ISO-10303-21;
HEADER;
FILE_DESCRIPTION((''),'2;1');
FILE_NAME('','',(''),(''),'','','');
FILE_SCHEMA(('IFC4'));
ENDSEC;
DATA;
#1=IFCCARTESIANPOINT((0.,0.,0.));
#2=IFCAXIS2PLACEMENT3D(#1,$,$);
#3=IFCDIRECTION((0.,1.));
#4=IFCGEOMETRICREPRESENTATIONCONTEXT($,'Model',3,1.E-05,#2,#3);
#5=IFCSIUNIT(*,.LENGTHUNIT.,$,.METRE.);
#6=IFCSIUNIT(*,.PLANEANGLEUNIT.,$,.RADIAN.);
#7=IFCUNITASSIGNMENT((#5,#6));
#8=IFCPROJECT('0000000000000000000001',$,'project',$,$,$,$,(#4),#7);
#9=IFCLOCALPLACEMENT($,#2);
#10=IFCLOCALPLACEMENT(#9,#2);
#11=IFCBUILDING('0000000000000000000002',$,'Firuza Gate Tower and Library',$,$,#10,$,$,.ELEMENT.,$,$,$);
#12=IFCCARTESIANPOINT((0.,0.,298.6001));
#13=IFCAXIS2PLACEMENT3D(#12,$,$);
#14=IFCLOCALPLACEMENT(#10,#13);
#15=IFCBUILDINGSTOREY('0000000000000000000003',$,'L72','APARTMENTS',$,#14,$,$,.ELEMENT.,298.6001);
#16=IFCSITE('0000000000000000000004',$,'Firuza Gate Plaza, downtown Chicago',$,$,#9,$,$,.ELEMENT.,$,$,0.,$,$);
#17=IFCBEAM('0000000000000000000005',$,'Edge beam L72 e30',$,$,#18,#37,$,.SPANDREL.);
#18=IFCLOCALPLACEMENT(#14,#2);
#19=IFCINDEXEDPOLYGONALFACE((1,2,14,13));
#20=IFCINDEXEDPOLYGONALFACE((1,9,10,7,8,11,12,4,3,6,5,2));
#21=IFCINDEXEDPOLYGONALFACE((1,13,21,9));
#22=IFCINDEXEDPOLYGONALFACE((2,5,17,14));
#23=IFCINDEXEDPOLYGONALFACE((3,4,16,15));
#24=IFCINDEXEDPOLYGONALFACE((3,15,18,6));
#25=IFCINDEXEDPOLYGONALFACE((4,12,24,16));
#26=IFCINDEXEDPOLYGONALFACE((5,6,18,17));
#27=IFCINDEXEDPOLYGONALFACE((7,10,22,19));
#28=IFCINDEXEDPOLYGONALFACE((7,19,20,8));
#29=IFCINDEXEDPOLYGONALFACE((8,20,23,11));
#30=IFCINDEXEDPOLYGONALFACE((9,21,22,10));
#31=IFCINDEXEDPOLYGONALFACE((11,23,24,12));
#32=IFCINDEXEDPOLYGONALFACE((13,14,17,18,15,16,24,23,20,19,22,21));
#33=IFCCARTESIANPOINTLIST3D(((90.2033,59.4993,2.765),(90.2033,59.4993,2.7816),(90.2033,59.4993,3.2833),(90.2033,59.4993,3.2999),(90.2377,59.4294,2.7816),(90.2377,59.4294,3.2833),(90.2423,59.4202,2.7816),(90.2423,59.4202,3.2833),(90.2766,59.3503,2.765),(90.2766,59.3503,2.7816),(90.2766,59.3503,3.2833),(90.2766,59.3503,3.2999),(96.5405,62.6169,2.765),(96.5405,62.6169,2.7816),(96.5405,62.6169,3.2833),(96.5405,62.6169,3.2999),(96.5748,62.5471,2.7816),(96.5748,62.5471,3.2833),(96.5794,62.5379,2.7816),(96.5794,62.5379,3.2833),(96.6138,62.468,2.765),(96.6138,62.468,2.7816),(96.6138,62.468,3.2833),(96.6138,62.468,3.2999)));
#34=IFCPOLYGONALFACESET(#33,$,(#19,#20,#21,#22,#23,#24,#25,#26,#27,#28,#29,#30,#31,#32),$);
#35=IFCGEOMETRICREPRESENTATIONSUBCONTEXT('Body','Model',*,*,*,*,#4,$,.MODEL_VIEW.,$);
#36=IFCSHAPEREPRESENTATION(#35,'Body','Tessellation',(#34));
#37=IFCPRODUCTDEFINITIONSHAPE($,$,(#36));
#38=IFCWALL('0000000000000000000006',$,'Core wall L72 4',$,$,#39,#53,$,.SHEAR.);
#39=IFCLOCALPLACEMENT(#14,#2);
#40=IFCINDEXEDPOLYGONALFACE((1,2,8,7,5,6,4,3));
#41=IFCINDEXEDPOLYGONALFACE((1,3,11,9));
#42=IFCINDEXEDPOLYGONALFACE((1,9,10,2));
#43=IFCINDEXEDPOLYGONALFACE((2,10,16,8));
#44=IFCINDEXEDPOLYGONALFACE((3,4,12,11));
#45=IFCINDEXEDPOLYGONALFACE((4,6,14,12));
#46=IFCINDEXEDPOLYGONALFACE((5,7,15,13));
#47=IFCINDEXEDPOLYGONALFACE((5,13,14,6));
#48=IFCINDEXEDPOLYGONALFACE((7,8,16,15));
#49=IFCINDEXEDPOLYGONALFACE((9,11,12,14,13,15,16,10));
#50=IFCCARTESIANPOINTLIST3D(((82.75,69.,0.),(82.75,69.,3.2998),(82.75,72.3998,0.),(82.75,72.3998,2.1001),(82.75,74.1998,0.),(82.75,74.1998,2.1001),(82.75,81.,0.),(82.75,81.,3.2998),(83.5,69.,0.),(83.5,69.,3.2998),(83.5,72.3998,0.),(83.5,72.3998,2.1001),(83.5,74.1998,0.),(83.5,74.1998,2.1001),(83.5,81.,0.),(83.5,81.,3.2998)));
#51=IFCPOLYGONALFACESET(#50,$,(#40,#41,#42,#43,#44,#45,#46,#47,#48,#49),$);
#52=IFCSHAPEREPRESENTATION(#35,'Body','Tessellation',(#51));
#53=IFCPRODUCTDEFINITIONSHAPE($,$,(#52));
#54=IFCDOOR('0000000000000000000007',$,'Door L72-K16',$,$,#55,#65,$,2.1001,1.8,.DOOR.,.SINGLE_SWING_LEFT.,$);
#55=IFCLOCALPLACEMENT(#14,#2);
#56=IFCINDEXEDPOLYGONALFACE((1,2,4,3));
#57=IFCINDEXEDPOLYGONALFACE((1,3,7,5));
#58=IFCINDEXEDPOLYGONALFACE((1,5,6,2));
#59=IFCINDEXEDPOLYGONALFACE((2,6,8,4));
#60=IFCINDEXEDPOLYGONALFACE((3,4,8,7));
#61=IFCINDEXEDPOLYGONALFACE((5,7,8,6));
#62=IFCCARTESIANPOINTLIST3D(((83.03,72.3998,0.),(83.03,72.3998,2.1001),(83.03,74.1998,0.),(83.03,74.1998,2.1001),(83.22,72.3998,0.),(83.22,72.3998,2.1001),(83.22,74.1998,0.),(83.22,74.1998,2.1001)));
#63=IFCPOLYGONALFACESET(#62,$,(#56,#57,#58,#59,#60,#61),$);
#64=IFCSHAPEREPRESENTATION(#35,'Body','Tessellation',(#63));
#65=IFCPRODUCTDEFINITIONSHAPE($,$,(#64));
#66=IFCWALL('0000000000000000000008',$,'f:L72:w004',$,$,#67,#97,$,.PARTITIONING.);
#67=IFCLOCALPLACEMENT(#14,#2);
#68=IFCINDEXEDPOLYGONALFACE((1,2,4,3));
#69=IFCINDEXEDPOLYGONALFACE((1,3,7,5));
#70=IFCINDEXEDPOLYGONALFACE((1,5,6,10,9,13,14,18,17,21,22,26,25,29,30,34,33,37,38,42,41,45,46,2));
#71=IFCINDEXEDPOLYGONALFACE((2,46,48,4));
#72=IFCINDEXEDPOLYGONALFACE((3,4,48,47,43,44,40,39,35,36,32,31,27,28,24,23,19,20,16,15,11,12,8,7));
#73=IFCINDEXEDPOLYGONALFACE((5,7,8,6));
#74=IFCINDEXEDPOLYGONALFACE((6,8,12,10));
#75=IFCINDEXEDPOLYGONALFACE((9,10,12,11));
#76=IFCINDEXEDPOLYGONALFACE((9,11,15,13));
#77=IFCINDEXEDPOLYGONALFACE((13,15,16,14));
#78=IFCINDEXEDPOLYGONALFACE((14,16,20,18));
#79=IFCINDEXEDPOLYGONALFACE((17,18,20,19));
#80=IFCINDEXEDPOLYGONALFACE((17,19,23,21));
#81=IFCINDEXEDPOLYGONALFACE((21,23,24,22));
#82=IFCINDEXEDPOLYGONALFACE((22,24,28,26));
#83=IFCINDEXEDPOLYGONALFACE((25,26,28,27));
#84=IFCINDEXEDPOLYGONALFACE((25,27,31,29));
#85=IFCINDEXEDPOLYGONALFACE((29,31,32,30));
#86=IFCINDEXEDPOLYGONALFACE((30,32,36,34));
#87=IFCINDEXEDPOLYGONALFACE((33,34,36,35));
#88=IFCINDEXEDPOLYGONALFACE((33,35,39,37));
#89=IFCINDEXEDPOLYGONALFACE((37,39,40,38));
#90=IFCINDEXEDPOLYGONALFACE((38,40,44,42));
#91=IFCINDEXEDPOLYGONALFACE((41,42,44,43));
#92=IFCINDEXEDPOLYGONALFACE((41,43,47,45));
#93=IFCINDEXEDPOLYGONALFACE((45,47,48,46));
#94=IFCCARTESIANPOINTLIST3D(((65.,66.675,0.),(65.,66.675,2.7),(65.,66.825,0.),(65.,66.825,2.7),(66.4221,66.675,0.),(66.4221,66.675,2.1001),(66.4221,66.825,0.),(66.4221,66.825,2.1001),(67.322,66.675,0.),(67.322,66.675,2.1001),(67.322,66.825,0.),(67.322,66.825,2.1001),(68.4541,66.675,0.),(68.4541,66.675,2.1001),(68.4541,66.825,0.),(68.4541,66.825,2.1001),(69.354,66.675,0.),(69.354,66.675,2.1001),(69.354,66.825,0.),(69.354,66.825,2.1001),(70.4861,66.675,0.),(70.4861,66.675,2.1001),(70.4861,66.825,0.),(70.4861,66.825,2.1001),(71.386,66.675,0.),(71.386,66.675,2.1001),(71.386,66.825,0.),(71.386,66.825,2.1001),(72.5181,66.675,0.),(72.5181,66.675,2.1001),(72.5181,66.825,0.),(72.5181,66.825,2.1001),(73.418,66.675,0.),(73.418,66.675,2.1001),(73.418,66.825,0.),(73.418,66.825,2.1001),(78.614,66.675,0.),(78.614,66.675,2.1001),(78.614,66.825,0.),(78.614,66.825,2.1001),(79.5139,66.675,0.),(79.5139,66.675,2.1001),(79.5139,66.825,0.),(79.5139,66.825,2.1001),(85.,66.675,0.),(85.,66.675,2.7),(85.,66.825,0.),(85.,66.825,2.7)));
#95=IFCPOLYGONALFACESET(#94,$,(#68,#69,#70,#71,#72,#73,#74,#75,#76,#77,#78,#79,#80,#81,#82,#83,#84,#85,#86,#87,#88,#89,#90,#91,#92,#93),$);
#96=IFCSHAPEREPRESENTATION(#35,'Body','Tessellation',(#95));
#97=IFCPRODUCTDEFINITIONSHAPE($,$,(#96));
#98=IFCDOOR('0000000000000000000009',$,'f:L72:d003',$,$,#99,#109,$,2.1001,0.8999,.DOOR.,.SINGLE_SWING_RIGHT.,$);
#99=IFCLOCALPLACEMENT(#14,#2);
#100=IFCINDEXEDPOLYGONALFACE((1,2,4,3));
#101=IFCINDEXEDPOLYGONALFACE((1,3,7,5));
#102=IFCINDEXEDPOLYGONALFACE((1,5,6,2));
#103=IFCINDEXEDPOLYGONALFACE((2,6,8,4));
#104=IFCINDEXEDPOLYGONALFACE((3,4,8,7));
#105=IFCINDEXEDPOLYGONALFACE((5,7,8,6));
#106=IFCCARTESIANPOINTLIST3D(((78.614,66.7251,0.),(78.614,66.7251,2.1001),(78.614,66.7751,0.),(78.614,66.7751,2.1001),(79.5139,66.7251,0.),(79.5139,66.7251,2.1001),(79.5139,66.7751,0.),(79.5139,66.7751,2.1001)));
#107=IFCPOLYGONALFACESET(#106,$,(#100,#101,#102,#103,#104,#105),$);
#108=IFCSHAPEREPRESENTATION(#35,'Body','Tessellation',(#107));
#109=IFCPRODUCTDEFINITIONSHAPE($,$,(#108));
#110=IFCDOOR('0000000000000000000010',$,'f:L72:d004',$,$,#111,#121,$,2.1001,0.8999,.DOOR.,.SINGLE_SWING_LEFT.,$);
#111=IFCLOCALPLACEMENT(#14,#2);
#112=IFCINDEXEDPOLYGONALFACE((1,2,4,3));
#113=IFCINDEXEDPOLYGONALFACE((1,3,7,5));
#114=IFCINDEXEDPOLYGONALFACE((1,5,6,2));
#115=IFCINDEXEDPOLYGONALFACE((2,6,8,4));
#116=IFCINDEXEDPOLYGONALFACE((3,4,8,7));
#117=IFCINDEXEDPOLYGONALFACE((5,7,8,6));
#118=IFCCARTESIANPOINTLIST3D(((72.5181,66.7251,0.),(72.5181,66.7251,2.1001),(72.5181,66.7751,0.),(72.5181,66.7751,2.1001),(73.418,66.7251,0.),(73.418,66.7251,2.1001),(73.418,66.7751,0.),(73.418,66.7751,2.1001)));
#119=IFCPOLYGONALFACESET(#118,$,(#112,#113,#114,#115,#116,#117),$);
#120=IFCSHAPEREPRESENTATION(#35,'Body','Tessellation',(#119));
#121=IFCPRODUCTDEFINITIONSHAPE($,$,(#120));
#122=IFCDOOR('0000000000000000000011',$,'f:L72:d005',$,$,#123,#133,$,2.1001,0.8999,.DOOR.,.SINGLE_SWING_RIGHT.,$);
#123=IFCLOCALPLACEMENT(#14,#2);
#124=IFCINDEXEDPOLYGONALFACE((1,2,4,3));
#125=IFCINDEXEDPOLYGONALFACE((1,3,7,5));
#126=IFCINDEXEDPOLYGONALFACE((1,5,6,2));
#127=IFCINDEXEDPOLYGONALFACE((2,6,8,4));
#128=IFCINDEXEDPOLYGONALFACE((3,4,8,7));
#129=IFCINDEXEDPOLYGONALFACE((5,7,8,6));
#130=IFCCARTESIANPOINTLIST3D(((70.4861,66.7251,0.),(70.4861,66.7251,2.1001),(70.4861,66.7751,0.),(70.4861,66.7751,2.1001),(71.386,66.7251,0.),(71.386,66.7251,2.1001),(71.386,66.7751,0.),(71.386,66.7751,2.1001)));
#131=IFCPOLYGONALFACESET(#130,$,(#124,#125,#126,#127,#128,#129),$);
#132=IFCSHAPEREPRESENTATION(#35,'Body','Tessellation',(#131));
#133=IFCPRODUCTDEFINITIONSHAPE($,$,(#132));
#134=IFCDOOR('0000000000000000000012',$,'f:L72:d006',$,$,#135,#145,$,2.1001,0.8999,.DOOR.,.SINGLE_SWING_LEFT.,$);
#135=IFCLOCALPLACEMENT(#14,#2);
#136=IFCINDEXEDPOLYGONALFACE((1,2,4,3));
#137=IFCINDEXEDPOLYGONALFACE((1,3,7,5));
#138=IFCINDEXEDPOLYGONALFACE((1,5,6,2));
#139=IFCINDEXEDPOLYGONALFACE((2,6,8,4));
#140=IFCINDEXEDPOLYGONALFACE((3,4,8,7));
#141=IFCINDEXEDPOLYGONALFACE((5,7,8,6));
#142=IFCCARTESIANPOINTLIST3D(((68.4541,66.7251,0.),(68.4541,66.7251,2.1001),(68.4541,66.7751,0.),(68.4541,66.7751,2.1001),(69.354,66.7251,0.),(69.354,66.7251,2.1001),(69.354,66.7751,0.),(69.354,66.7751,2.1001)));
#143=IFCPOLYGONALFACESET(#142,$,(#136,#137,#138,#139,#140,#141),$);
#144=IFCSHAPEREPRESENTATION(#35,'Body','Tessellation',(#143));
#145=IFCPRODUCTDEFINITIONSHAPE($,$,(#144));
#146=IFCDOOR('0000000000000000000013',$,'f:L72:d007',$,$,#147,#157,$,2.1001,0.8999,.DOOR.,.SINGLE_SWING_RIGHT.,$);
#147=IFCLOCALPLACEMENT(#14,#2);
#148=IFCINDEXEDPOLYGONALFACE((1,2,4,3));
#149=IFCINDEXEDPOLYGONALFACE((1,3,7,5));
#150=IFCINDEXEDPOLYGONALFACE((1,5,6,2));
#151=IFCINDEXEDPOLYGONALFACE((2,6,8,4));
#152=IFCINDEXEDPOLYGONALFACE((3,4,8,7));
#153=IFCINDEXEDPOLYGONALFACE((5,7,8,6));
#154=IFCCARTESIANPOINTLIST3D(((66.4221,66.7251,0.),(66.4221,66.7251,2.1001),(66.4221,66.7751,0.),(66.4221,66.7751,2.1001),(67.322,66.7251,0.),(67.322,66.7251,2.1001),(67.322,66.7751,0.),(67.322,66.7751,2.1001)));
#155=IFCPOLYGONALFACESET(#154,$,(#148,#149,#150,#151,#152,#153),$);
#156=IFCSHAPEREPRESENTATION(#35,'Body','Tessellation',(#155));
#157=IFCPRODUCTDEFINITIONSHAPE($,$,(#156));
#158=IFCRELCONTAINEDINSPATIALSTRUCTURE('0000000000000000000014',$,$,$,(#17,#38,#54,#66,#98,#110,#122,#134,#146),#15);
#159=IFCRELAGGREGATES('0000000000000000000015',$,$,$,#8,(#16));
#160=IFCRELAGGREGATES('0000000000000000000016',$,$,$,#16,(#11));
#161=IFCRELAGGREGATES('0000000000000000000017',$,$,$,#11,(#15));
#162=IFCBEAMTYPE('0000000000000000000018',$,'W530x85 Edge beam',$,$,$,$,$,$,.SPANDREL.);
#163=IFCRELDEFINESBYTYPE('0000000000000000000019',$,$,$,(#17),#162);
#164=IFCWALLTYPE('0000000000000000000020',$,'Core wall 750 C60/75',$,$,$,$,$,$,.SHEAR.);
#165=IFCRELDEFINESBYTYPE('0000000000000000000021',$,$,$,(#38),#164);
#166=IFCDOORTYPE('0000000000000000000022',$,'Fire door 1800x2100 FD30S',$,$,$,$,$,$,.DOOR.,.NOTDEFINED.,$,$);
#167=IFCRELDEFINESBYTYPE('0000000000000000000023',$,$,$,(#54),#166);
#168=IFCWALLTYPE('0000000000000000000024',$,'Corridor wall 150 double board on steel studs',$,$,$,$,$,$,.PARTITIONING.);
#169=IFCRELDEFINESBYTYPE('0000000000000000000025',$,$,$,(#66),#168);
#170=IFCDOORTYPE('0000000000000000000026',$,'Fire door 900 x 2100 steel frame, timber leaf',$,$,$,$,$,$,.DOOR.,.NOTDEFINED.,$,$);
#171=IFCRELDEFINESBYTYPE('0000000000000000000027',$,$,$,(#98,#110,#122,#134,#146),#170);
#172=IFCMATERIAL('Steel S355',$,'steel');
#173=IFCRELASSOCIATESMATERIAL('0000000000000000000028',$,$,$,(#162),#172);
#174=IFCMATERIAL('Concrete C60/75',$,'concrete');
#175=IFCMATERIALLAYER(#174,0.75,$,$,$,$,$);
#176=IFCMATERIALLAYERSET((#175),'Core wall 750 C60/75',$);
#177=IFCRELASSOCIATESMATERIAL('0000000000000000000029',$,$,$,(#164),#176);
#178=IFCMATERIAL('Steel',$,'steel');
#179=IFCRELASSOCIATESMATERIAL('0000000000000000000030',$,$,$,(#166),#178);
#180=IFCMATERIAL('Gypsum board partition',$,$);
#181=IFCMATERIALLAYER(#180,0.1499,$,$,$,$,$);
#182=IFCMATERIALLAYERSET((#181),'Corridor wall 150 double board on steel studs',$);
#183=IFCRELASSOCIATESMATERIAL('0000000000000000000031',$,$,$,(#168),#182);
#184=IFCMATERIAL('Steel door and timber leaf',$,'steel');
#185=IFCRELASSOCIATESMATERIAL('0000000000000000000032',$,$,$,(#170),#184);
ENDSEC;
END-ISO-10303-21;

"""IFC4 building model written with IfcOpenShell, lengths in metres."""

from ifc_helpers import new_model, si_unit, direction, frame, frame_2d, origin, origin_2d, place, context, subcontext, project, spatial, rectangle, i_section, extrude, material, layer, layer_set, material_profile, profile_set, type_object, element, fill, save


model = new_model("IFC4")

# Units and contexts
model_context = context("Model", 3, precision=1e-05, world=origin(), true_north=direction((0.0, 1.0)))
body_context = subcontext(model_context, "Body", "Model", "MODEL_VIEW")
ifc_project = project(units=[si_unit("LENGTHUNIT", "METRE"), si_unit("PLANEANGLEUNIT", "RADIAN")], contexts=[model_context])

# Site, building, storey
site_placement = place(None, origin())
site = spatial("IfcSite", under=ifc_project, at=site_placement, Name="Firuza Gate Plaza, downtown Chicago", CompositionType="ELEMENT", RefElevation=0.0)
building_placement = place(site_placement, origin())
building = spatial("IfcBuilding", under=site, at=building_placement, Name="Firuza Gate Tower and Library", CompositionType="ELEMENT")
storey_placement = place(building_placement, frame((0.0, 0.0, 298.6001)))
storey = spatial("IfcBuildingStorey", under=building, at=storey_placement, Name="L72", Description="APARTMENTS", CompositionType="ELEMENT", Elevation=298.6001)

# Beam
ifc_material_1 = material(Name="Steel S355", Category="steel")
ifc_material_profile = material_profile(ifc_material_1, i_section(OverallWidth=0.166, OverallDepth=0.5349, WebThickness=0.0103, FlangeThickness=0.0166, at=origin_2d()))
ifc_profile_set = profile_set([ifc_material_profile], Name="Steel S355")
beam_type = type_object("IfcBeamType", Name="W530x85 Edge beam", PredefinedType="SPANDREL", material=ifc_profile_set)
beam_placement = place(storey_placement, frame((90.24, 59.4248, 3.0325), z_axis=(0.897292, 0.441438, 0.0), x_axis=(-0.441438, 0.897292, 0.0)))
element("IfcBeam", 1, at=beam_placement, inside=storey, type_object=beam_type, Name="Edge beam L72 e30", PredefinedType="SPANDREL", context=body_context, shape_type="SweptSolid", body=[
    extrude(i_section(OverallWidth=0.166, OverallDepth=0.5349, WebThickness=0.0103, FlangeThickness=0.0166, at=origin_2d()), origin(), (0.0, 0.0, 1.0), 7.0625),
])

# Wall, opening, door
ifc_material_2 = material(Name="Concrete C60/75", Category="concrete")
ifc_layer_1 = layer(ifc_material_2, 0.75)
ifc_layer_set_1 = layer_set([ifc_layer_1], Name="Core wall 750 C60/75")
wall_type_1 = type_object("IfcWallType", Name="Core wall 750 C60/75", PredefinedType="SHEAR", material=ifc_layer_set_1)
wall_1_placement = place(storey_placement, frame((83.125, 69.0, 0.0), z_axis=(0.0, 0.0, 1.0), x_axis=(0.0, 1.0, 0.0)))
wall_1 = element("IfcWall", 2, at=wall_1_placement, inside=storey, type_object=wall_type_1, Name="Core wall L72 4", PredefinedType="SHEAR", context=body_context, shape_type="SweptSolid", body=[
    extrude(rectangle(XDim=12.0, YDim=0.75, at=frame_2d((6.0, 0.0))), origin(), (0.0, 0.0, 1.0), 3.2998),
])
opening_1_placement = place(wall_1_placement, frame((3.3999, 0.0, 0.0)))
opening_1 = element("IfcOpeningElement", 3, at=opening_1_placement, cuts=wall_1, PredefinedType="OPENING", context=body_context, shape_type="SweptSolid", body=[
    extrude(rectangle(XDim=1.8, YDim=2.1001, at=frame_2d((0.8999, 1.05))), frame((0.0, 0.385, 0.0), z_axis=(0.0, -1.0, 0.0), x_axis=(1.0, 0.0, 0.0)), (0.0, 0.0, 1.0), 0.77),
])
ifc_material_3 = material(Name="Steel", Category="steel")
door_type_1 = type_object("IfcDoorType", Name="Fire door 1800x2100 FD30S", OperationType="NOTDEFINED", PredefinedType="DOOR", material=ifc_material_3)
door_1_placement = place(opening_1_placement, origin())
door_1 = element("IfcDoor", 4, at=door_1_placement, inside=storey, type_object=door_type_1, Name="Door L72-K16", OperationType="SINGLE_SWING_LEFT", OverallHeight=2.1001, OverallWidth=1.8, PredefinedType="DOOR", context=body_context, shape_type="SweptSolid", body=[
    extrude(rectangle(XDim=1.8, YDim=2.1001, at=frame_2d((0.8999, 1.05))), frame((0.0, 0.095, 0.0), z_axis=(0.0, -1.0, 0.0), x_axis=(1.0, 0.0, 0.0)), (0.0, 0.0, 1.0), 0.1899),
])
fill(opening_1, door_1)

# Wall, openings, doors
ifc_material_4 = material(Name="Gypsum board partition")
ifc_layer_2 = layer(ifc_material_4, 0.1499)
ifc_layer_set_2 = layer_set([ifc_layer_2], Name="Corridor wall 150 double board on steel studs")
wall_type_2 = type_object("IfcWallType", Name="Corridor wall 150 double board on steel studs", PredefinedType="PARTITIONING", material=ifc_layer_set_2)
wall_2_placement = place(storey_placement, frame((85.0, 66.75, 0.0), z_axis=(0.0, 0.0, 1.0), x_axis=(-1.0, 0.0, 0.0)))
wall_2 = element("IfcWall", 5, at=wall_2_placement, inside=storey, type_object=wall_type_2, Name="f:L72:w004", PredefinedType="PARTITIONING", context=body_context, shape_type="SweptSolid", body=[
    extrude(rectangle(XDim=20.0, YDim=0.1499, at=frame_2d((10.0, 0.0))), origin(), (0.0, 0.0, 1.0), 2.7),
])
opening_2_placement = place(wall_2_placement, frame((5.4861, 0.0, 0.0)))
opening_2 = element("IfcOpeningElement", 6, at=opening_2_placement, cuts=wall_2, PredefinedType="OPENING", context=body_context, shape_type="SweptSolid", body=[
    extrude(rectangle(XDim=0.8999, YDim=2.1001, at=frame_2d((0.45, 1.05))), frame((0.0, 0.085, 0.0), z_axis=(0.0, -1.0, 0.0), x_axis=(1.0, 0.0, 0.0)), (0.0, 0.0, 1.0), 0.1699),
])
opening_3_placement = place(wall_2_placement, frame((11.582, 0.0, 0.0)))
opening_3 = element("IfcOpeningElement", 7, at=opening_3_placement, cuts=wall_2, PredefinedType="OPENING", context=body_context, shape_type="SweptSolid", body=[
    extrude(rectangle(XDim=0.8999, YDim=2.1001, at=frame_2d((0.45, 1.05))), frame((0.0, 0.085, 0.0), z_axis=(0.0, -1.0, 0.0), x_axis=(1.0, 0.0, 0.0)), (0.0, 0.0, 1.0), 0.1699),
])
opening_4_placement = place(wall_2_placement, frame((13.614, 0.0, 0.0)))
opening_4 = element("IfcOpeningElement", 8, at=opening_4_placement, cuts=wall_2, PredefinedType="OPENING", context=body_context, shape_type="SweptSolid", body=[
    extrude(rectangle(XDim=0.8999, YDim=2.1001, at=frame_2d((0.45, 1.05))), frame((0.0, 0.085, 0.0), z_axis=(0.0, -1.0, 0.0), x_axis=(1.0, 0.0, 0.0)), (0.0, 0.0, 1.0), 0.1699),
])
opening_5_placement = place(wall_2_placement, frame((15.646, 0.0, 0.0)))
opening_5 = element("IfcOpeningElement", 9, at=opening_5_placement, cuts=wall_2, PredefinedType="OPENING", context=body_context, shape_type="SweptSolid", body=[
    extrude(rectangle(XDim=0.8999, YDim=2.1001, at=frame_2d((0.45, 1.05))), frame((0.0, 0.085, 0.0), z_axis=(0.0, -1.0, 0.0), x_axis=(1.0, 0.0, 0.0)), (0.0, 0.0, 1.0), 0.1699),
])
opening_6_placement = place(wall_2_placement, frame((17.678, 0.0, 0.0)))
opening_6 = element("IfcOpeningElement", 10, at=opening_6_placement, cuts=wall_2, PredefinedType="OPENING", context=body_context, shape_type="SweptSolid", body=[
    extrude(rectangle(XDim=0.8999, YDim=2.1001, at=frame_2d((0.45, 1.05))), frame((0.0, 0.085, 0.0), z_axis=(0.0, -1.0, 0.0), x_axis=(1.0, 0.0, 0.0)), (0.0, 0.0, 1.0), 0.1699),
])
ifc_material_5 = material(Name="Steel door and timber leaf", Category="steel")
door_type_2 = type_object("IfcDoorType", Name="Fire door 900 x 2100 steel frame, timber leaf", OperationType="NOTDEFINED", PredefinedType="DOOR", material=ifc_material_5)
door_2_placement = place(opening_2_placement, origin())
door_2 = element("IfcDoor", 11, at=door_2_placement, inside=storey, type_object=door_type_2, Name="f:L72:d003", OperationType="SINGLE_SWING_RIGHT", OverallHeight=2.1001, OverallWidth=0.8999, PredefinedType="DOOR", context=body_context, shape_type="SweptSolid", body=[
    extrude(rectangle(XDim=0.8999, YDim=2.1001, at=frame_2d((0.45, 1.05))), frame((0.0, 0.0249, 0.0), z_axis=(0.0, -1.0, 0.0), x_axis=(1.0, 0.0, 0.0)), (0.0, 0.0, 1.0), 0.05),
])
fill(opening_2, door_2)
door_3_placement = place(opening_3_placement, origin())
door_3 = element("IfcDoor", 12, at=door_3_placement, inside=storey, type_object=door_type_2, Name="f:L72:d004", OperationType="SINGLE_SWING_LEFT", OverallHeight=2.1001, OverallWidth=0.8999, PredefinedType="DOOR", context=body_context, shape_type="SweptSolid", body=[
    extrude(rectangle(XDim=0.8999, YDim=2.1001, at=frame_2d((0.45, 1.05))), frame((0.0, 0.0249, 0.0), z_axis=(0.0, -1.0, 0.0), x_axis=(1.0, 0.0, 0.0)), (0.0, 0.0, 1.0), 0.05),
])
fill(opening_3, door_3)
door_4_placement = place(opening_4_placement, origin())
door_4 = element("IfcDoor", 13, at=door_4_placement, inside=storey, type_object=door_type_2, Name="f:L72:d005", OperationType="SINGLE_SWING_RIGHT", OverallHeight=2.1001, OverallWidth=0.8999, PredefinedType="DOOR", context=body_context, shape_type="SweptSolid", body=[
    extrude(rectangle(XDim=0.8999, YDim=2.1001, at=frame_2d((0.45, 1.05))), frame((0.0, 0.0249, 0.0), z_axis=(0.0, -1.0, 0.0), x_axis=(1.0, 0.0, 0.0)), (0.0, 0.0, 1.0), 0.05),
])
fill(opening_4, door_4)
door_5_placement = place(opening_5_placement, origin())
door_5 = element("IfcDoor", 14, at=door_5_placement, inside=storey, type_object=door_type_2, Name="f:L72:d006", OperationType="SINGLE_SWING_LEFT", OverallHeight=2.1001, OverallWidth=0.8999, PredefinedType="DOOR", context=body_context, shape_type="SweptSolid", body=[
    extrude(rectangle(XDim=0.8999, YDim=2.1001, at=frame_2d((0.45, 1.05))), frame((0.0, 0.0249, 0.0), z_axis=(0.0, -1.0, 0.0), x_axis=(1.0, 0.0, 0.0)), (0.0, 0.0, 1.0), 0.05),
])
fill(opening_5, door_5)
door_6_placement = place(opening_6_placement, origin())
door_6 = element("IfcDoor", 15, at=door_6_placement, inside=storey, type_object=door_type_2, Name="f:L72:d007", OperationType="SINGLE_SWING_RIGHT", OverallHeight=2.1001, OverallWidth=0.8999, PredefinedType="DOOR", context=body_context, shape_type="SweptSolid", body=[
    extrude(rectangle(XDim=0.8999, YDim=2.1001, at=frame_2d((0.45, 1.05))), frame((0.0, 0.0249, 0.0), z_axis=(0.0, -1.0, 0.0), x_axis=(1.0, 0.0, 0.0)), (0.0, 0.0, 1.0), 0.05),
])
fill(opening_6, door_6)

save(model, "model.ifc")
